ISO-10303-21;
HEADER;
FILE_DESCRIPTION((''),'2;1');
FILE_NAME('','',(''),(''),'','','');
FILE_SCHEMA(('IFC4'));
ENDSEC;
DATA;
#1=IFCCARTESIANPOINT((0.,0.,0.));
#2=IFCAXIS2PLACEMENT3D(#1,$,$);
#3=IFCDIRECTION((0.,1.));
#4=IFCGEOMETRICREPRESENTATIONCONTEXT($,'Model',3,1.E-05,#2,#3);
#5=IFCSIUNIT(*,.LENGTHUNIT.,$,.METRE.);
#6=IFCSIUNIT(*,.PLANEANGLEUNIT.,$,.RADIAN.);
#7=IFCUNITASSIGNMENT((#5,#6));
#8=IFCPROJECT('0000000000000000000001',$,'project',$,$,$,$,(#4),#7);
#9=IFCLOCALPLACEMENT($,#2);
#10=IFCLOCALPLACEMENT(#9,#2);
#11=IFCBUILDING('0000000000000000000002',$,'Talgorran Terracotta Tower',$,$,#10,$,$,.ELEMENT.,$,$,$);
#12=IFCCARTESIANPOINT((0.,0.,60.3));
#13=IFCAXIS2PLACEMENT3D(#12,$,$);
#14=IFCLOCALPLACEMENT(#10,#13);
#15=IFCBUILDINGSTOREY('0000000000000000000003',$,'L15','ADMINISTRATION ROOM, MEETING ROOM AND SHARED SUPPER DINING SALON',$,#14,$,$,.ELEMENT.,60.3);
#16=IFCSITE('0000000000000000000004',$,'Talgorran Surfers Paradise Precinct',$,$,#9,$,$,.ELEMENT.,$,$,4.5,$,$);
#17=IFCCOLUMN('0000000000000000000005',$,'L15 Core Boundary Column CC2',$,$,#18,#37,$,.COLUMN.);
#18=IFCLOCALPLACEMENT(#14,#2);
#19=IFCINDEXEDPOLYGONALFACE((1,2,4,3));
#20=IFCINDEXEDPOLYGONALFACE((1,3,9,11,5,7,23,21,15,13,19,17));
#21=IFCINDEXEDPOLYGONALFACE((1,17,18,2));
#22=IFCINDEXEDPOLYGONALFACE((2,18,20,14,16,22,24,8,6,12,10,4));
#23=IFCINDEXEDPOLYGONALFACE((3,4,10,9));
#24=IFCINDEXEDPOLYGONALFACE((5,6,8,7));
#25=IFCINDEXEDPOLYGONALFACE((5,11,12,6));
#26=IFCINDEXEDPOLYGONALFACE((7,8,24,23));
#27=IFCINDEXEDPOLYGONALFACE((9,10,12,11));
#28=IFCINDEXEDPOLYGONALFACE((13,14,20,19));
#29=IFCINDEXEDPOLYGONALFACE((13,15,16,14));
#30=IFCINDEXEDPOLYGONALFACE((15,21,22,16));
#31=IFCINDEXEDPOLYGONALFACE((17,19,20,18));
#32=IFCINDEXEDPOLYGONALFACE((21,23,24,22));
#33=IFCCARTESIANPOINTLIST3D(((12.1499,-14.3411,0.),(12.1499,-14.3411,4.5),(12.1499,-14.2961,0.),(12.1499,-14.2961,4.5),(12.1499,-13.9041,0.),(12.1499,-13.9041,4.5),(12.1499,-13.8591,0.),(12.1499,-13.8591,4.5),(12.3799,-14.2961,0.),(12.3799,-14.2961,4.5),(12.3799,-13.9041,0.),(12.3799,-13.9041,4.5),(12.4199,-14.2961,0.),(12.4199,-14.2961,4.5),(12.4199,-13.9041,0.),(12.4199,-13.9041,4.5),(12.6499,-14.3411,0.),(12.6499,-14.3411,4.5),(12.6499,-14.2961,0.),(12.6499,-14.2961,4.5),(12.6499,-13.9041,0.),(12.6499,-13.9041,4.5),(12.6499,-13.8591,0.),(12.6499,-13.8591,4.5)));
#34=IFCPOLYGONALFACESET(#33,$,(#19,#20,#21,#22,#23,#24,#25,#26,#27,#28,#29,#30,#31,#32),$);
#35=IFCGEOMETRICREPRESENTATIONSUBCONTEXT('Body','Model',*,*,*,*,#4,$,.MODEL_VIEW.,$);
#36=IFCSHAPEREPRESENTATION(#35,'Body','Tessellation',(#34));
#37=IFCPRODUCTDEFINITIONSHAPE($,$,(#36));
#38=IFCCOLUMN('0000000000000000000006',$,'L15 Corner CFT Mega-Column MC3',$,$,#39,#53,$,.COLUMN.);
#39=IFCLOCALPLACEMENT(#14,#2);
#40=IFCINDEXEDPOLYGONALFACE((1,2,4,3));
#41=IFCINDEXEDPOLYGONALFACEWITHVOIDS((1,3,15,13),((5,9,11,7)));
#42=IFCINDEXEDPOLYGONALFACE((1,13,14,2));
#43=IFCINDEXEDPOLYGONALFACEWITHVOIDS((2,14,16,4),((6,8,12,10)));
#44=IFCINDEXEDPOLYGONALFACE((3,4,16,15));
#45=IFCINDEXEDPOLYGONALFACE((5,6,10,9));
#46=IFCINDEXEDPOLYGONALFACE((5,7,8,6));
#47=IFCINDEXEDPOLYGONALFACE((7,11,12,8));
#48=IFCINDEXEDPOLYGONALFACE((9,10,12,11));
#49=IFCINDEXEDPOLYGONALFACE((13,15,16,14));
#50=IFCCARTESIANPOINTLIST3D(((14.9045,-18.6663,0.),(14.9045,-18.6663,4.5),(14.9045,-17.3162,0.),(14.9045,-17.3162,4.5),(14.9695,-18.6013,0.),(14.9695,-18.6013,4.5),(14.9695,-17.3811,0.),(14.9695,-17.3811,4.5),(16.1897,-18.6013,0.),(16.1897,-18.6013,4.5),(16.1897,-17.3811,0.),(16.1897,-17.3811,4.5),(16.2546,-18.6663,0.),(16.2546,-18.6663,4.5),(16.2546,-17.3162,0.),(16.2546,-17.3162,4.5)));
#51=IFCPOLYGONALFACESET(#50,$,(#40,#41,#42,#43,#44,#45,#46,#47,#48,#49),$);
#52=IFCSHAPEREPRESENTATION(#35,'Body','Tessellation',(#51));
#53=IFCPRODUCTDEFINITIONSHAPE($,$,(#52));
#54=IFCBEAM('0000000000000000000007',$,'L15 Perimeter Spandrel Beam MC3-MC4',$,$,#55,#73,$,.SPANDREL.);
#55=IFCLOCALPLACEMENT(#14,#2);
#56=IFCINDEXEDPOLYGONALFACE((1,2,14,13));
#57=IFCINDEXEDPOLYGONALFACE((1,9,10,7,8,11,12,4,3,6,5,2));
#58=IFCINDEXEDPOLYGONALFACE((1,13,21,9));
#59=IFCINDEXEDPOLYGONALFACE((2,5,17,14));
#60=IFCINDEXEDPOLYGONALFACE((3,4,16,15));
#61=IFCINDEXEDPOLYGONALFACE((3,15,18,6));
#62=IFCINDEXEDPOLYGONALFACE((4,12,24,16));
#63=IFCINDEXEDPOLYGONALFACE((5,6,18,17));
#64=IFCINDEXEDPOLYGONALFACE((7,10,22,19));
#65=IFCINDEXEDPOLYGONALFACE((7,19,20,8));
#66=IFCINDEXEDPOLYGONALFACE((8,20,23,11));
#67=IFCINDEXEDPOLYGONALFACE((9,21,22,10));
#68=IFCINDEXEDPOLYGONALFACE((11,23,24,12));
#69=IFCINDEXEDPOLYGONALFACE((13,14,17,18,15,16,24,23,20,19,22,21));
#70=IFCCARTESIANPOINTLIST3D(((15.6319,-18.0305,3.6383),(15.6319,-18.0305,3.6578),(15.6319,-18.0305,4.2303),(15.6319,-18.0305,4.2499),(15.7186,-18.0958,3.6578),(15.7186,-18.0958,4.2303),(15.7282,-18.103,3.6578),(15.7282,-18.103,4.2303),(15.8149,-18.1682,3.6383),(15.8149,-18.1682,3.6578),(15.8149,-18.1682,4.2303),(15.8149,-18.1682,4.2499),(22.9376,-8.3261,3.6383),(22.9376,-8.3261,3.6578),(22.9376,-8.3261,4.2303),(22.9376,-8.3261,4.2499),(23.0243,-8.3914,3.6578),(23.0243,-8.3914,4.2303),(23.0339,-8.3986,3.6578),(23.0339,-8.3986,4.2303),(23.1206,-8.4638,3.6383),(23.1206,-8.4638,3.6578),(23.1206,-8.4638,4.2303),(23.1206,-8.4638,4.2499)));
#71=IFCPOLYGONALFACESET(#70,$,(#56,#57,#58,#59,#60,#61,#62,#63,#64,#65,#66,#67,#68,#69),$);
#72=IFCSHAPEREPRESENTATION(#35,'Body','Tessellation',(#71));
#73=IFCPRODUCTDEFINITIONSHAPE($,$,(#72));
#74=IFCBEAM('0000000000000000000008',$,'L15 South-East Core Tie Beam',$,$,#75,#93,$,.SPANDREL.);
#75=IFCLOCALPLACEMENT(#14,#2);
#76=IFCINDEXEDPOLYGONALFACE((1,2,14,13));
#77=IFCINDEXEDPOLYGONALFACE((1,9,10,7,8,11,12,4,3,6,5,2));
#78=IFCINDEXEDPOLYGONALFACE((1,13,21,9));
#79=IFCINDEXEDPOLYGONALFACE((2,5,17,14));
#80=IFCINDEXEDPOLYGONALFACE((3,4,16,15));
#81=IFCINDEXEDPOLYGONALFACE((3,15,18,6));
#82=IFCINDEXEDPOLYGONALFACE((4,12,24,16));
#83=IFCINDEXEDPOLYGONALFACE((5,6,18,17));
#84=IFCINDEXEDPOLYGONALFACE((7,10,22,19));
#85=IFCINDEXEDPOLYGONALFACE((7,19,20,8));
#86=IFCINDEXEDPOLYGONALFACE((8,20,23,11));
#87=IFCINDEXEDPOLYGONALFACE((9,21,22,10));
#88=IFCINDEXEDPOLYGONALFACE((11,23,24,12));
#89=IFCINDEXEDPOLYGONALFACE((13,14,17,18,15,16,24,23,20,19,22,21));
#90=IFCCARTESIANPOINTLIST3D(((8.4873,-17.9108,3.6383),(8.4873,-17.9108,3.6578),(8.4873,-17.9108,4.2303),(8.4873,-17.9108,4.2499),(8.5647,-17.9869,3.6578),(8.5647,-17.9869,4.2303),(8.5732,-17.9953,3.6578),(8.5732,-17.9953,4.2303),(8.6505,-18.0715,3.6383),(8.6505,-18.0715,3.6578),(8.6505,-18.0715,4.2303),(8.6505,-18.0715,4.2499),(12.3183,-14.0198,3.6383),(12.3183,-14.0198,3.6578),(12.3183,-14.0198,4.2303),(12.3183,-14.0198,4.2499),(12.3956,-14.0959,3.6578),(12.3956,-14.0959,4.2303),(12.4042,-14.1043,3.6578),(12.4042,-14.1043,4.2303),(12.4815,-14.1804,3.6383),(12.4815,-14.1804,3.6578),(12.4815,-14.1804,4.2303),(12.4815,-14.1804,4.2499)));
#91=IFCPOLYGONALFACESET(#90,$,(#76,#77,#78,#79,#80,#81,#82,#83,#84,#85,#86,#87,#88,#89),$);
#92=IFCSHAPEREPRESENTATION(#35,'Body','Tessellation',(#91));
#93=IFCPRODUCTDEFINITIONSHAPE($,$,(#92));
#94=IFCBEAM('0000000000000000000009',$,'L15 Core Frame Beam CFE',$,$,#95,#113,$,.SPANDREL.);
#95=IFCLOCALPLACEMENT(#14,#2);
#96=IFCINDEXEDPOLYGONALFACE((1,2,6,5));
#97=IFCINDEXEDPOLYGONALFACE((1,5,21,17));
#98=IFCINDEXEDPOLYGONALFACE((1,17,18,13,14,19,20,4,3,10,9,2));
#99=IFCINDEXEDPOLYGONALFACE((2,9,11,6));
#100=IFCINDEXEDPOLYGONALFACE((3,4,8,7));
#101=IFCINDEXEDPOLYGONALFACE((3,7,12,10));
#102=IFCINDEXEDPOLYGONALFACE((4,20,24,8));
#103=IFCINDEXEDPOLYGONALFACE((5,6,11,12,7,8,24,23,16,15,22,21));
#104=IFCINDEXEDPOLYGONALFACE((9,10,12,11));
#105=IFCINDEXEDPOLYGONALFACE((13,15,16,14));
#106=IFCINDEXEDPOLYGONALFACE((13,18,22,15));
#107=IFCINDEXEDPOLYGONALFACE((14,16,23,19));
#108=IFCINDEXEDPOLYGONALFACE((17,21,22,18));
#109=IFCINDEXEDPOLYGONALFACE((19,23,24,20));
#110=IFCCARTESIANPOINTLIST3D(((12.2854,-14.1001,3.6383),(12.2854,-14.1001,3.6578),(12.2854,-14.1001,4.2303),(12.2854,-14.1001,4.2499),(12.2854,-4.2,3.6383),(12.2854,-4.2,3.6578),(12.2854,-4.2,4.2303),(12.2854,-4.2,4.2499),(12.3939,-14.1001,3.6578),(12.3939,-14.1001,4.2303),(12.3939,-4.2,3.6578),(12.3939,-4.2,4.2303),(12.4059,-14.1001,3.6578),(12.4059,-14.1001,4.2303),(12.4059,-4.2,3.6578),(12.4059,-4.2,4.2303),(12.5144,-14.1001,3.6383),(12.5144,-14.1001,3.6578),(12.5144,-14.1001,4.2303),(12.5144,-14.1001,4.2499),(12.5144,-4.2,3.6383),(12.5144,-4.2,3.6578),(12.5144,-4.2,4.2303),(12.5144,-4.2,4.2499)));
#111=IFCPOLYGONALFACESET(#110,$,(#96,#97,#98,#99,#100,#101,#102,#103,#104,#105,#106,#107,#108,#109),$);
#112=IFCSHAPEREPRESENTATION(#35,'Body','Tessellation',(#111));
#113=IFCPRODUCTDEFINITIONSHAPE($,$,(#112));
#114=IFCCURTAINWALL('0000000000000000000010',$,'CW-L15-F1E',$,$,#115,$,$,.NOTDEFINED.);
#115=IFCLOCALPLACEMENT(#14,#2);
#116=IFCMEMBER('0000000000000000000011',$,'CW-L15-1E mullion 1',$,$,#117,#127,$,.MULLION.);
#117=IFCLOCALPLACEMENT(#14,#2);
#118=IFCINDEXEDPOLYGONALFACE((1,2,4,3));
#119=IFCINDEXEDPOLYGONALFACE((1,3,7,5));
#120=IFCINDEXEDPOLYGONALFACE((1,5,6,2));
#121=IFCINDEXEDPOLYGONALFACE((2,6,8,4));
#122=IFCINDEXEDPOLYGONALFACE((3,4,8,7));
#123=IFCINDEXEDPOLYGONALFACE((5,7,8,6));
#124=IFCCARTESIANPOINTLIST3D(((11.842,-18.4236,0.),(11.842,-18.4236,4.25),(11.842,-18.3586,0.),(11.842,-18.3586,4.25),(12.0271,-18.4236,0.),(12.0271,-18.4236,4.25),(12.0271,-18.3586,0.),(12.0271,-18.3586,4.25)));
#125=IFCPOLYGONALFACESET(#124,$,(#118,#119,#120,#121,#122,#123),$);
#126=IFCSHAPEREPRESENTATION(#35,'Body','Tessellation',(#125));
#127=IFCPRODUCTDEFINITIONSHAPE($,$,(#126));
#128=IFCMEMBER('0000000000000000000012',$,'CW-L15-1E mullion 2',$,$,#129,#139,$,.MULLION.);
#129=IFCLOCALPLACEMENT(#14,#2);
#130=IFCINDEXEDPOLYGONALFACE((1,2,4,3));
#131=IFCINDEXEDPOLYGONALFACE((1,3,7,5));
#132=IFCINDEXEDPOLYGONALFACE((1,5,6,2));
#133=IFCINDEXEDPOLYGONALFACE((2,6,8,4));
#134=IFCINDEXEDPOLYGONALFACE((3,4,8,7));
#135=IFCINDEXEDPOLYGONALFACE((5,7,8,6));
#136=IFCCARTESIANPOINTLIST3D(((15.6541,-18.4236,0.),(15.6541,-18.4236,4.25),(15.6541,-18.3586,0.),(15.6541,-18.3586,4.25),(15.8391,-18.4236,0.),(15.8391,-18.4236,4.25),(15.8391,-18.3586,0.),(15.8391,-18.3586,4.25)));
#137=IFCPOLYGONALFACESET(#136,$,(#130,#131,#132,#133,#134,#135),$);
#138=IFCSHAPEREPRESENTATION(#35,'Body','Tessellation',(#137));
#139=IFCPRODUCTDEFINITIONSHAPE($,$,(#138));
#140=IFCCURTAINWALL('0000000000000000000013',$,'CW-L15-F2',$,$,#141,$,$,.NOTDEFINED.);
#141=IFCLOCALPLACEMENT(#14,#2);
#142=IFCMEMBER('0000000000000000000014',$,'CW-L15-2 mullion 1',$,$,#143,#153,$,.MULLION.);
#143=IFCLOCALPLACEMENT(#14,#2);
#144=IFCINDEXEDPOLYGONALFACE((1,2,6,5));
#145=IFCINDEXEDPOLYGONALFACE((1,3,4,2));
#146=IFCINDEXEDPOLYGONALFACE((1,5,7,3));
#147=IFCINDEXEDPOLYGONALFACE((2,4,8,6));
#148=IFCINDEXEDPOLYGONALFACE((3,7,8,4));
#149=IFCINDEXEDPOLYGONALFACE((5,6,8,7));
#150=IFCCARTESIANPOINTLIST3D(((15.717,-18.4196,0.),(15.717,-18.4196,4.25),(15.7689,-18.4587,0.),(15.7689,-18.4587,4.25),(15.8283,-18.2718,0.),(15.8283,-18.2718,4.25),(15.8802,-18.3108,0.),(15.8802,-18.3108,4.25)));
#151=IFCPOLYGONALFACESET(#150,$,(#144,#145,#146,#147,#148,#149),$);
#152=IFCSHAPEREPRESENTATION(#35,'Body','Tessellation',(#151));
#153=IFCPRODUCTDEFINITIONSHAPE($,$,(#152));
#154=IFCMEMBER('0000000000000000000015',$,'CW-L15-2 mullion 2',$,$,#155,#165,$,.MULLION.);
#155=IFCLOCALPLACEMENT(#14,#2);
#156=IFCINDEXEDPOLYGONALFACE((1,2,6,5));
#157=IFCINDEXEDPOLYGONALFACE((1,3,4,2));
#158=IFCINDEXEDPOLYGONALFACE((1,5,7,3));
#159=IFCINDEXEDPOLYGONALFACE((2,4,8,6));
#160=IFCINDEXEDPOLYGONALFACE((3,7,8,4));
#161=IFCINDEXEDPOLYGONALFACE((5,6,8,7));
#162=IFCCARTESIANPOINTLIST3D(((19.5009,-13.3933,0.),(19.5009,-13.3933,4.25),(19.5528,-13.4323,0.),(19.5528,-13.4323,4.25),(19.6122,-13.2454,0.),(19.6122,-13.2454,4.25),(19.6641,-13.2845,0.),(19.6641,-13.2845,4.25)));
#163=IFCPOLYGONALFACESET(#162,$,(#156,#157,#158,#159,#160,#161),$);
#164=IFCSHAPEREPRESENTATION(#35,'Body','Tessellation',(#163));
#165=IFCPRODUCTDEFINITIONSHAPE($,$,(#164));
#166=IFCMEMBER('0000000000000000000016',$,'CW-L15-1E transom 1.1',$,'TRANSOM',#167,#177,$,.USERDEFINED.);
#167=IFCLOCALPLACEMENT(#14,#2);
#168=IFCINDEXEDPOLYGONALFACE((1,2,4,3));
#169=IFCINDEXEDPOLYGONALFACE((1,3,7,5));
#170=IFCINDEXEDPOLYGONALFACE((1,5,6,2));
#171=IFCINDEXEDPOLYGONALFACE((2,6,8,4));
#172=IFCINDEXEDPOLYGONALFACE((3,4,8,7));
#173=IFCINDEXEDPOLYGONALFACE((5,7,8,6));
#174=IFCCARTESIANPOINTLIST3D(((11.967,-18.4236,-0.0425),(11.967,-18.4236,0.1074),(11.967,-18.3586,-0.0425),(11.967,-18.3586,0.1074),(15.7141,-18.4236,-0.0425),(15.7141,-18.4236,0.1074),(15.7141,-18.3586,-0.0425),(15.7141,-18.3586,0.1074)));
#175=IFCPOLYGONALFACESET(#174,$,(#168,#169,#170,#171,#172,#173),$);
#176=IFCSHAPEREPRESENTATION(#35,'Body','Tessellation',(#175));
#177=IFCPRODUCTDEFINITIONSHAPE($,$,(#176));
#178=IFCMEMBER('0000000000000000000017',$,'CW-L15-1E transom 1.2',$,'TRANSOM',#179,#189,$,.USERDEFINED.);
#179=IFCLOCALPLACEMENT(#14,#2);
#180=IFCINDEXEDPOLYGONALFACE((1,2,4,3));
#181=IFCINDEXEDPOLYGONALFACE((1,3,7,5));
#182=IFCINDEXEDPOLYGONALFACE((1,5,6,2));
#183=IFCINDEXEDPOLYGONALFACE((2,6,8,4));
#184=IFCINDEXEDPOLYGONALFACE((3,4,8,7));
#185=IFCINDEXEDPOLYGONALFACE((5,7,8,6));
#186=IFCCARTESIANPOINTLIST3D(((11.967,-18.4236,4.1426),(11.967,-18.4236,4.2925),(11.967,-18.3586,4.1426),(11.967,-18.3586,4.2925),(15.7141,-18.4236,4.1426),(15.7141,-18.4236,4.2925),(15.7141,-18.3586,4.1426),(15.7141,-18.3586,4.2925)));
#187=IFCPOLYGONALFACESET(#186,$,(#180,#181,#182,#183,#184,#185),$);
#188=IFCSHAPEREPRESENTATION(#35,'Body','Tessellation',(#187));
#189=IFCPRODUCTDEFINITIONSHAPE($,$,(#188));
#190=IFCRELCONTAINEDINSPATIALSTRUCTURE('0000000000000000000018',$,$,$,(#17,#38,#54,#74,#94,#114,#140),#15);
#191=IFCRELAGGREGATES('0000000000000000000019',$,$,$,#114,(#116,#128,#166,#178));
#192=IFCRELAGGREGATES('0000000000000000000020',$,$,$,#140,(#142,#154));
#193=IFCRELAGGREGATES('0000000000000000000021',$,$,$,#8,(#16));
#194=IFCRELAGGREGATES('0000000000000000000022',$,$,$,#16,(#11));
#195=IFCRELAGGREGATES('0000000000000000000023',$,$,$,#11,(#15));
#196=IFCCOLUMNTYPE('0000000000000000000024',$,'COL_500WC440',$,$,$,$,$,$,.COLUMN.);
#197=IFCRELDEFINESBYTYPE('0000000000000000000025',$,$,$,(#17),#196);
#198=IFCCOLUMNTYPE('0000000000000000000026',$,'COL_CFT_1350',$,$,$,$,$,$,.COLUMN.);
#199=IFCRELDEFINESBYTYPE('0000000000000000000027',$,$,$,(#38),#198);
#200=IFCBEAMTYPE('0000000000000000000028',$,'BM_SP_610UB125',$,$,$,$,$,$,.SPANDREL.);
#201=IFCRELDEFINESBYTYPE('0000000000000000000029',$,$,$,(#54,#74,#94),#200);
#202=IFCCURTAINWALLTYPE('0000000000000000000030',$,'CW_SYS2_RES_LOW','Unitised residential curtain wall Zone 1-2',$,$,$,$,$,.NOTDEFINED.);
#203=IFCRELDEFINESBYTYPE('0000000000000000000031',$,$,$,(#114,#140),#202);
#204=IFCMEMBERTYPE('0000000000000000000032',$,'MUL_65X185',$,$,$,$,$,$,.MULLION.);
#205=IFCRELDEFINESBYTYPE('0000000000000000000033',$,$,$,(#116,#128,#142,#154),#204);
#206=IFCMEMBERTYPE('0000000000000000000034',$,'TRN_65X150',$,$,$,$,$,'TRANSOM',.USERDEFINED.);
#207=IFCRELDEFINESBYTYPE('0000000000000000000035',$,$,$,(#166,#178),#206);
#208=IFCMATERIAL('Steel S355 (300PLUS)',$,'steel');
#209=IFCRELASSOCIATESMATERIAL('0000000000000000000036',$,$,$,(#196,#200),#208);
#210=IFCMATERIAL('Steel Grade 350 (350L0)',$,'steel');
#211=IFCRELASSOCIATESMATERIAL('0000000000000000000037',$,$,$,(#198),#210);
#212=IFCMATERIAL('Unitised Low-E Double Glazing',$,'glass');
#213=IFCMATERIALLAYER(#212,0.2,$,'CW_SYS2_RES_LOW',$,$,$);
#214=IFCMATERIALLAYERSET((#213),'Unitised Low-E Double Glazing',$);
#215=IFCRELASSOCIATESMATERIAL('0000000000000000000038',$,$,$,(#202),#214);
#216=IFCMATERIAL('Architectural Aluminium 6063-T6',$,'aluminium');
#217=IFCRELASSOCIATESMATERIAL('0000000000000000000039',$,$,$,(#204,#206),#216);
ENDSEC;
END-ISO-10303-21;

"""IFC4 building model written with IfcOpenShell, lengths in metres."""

from ifc_helpers import new_model, si_unit, direction, frame, origin, origin_2d, place, context, subcontext, project, spatial, rectangle, hollow_rectangle, i_section, extrude, material, layer, layer_set, material_profile, profile_set, type_object, element, aggregate, save


model = new_model("IFC4")

# Units and contexts
model_context = context("Model", 3, precision=1e-05, world=origin(), true_north=direction((0.0, 1.0)))
body_context = subcontext(model_context, "Body", "Model", "MODEL_VIEW")
ifc_project = project(units=[si_unit("LENGTHUNIT", "METRE"), si_unit("PLANEANGLEUNIT", "RADIAN")], contexts=[model_context])

# Site, building, storey
site_placement = place(None, origin())
site = spatial("IfcSite", under=ifc_project, at=site_placement, Name="Talgorran Surfers Paradise Precinct", CompositionType="ELEMENT", RefElevation=4.5)
building_placement = place(site_placement, origin())
building = spatial("IfcBuilding", under=site, at=building_placement, Name="Talgorran Terracotta Tower", CompositionType="ELEMENT")
storey_placement = place(building_placement, frame((0.0, 0.0, 60.3)))
storey = spatial("IfcBuildingStorey", under=building, at=storey_placement, Name="L15", Description="ADMINISTRATION ROOM, MEETING ROOM AND SHARED SUPPER DINING SALON", CompositionType="ELEMENT", Elevation=60.3)

# Columns
ifc_material_1 = material(Name="Steel S355 (300PLUS)", Category="steel")
ifc_material_profile_1 = material_profile(ifc_material_1, i_section(OverallWidth=0.5, OverallDepth=0.4819, WebThickness=0.04, FlangeThickness=0.0449, at=origin_2d()), Name="500WC440")
ifc_profile_set_1 = profile_set([ifc_material_profile_1], Name="Steel S355 (300PLUS)")
column_type_1 = type_object("IfcColumnType", Name="COL_500WC440", PredefinedType="COLUMN", material=ifc_profile_set_1)
column_1_placement = place(storey_placement, frame((12.3999, -14.1001, 0.0), z_axis=(0.0, 0.0, 1.0), x_axis=(1.0, 0.0, 0.0)))
element("IfcColumn", 1, at=column_1_placement, inside=storey, type_object=column_type_1, Name="L15 Core Boundary Column CC2", PredefinedType="COLUMN", context=body_context, shape_type="SweptSolid", body=[
    extrude(i_section(OverallWidth=0.5, OverallDepth=0.4819, WebThickness=0.04, FlangeThickness=0.0449, at=origin_2d()), origin(), (0.0, 0.0, 1.0), 4.5),
])
ifc_material_2 = material(Name="Steel Grade 350 (350L0)", Category="steel")
ifc_material_profile_2 = material_profile(ifc_material_2, hollow_rectangle(XDim=1.3501, YDim=1.3501, WallThickness=0.0649, at=origin_2d()), Name="CFT1350X1350X65")
ifc_profile_set_2 = profile_set([ifc_material_profile_2], Name="Steel Grade 350 (350L0)")
column_type_2 = type_object("IfcColumnType", Name="COL_CFT_1350", PredefinedType="COLUMN", material=ifc_profile_set_2)
column_2_placement = place(storey_placement, frame((15.5796, -17.9912, 0.0), z_axis=(0.0, 0.0, 1.0), x_axis=(1.0, 0.0, 0.0)))
element("IfcColumn", 2, at=column_2_placement, inside=storey, type_object=column_type_2, Name="L15 Corner CFT Mega-Column MC3", PredefinedType="COLUMN", context=body_context, shape_type="SweptSolid", body=[
    extrude(hollow_rectangle(XDim=1.3501, YDim=1.3501, WallThickness=0.0649, at=origin_2d()), origin(), (0.0, 0.0, 1.0), 4.5),
])

# Beams
ifc_material_profile_3 = material_profile(ifc_material_1, i_section(OverallWidth=0.229, OverallDepth=0.6116, WebThickness=0.012, FlangeThickness=0.0195, at=origin_2d()), Name="610UB125")
ifc_profile_set_3 = profile_set([ifc_material_profile_3], Name="Steel S355 (300PLUS)")
beam_type = type_object("IfcBeamType", Name="BM_SP_610UB125", PredefinedType="SPANDREL", material=ifc_profile_set_3)
beam_1_placement = place(storey_placement, frame((15.7234, -18.0994, 3.9441), z_axis=(0.601443, 0.798916, 0.0), x_axis=(-0.798916, 0.601443, 0.0)))
element("IfcBeam", 3, at=beam_1_placement, inside=storey, type_object=beam_type, Name="L15 Perimeter Spandrel Beam MC3-MC4", PredefinedType="SPANDREL", context=body_context, shape_type="SweptSolid", body=[
    extrude(i_section(OverallWidth=0.229, OverallDepth=0.6116, WebThickness=0.012, FlangeThickness=0.0195, at=origin_2d()), origin(), (0.0, 0.0, 1.0), 12.147),
])
beam_2_placement = place(storey_placement, frame((12.3999, -14.1001, 3.9441), z_axis=(-0.701586, -0.712585, 0.0), x_axis=(0.712585, -0.701586, 0.0)))
element("IfcBeam", 4, at=beam_2_placement, inside=storey, type_object=beam_type, Name="L15 South-East Core Tie Beam", PredefinedType="SPANDREL", context=body_context, shape_type="SweptSolid", body=[
    extrude(i_section(OverallWidth=0.229, OverallDepth=0.6116, WebThickness=0.012, FlangeThickness=0.0195, at=origin_2d()), origin(), (0.0, 0.0, 1.0), 5.4604),
])
beam_3_placement = place(storey_placement, frame((12.3999, -14.1001, 3.9441), z_axis=(0.0, 1.0, 0.0), x_axis=(-1.0, 0.0, 0.0)))
element("IfcBeam", 5, at=beam_3_placement, inside=storey, type_object=beam_type, Name="L15 Core Frame Beam CFE", PredefinedType="SPANDREL", context=body_context, shape_type="SweptSolid", body=[
    extrude(i_section(OverallWidth=0.229, OverallDepth=0.6116, WebThickness=0.012, FlangeThickness=0.0195, at=origin_2d()), origin(), (0.0, 0.0, 1.0), 9.9001),
])

# Curtain walls, members
ifc_material_3 = material(Name="Unitised Low-E Double Glazing", Category="glass")
ifc_layer_1 = layer(ifc_material_3, 0.2, Name="CW_SYS2_RES_LOW")
ifc_layer_set_1 = layer_set([ifc_layer_1], Name="Unitised Low-E Double Glazing")
curtain_wall_type = type_object("IfcCurtainWallType", Name="CW_SYS2_RES_LOW", Description="Unitised residential curtain wall Zone 1-2", PredefinedType="NOTDEFINED", material=ifc_layer_set_1)
curtain_wall_1_placement = place(storey_placement, origin())
curtain_wall_1 = element("IfcCurtainWall", 6, at=curtain_wall_1_placement, inside=storey, type_object=curtain_wall_type, Name="CW-L15-F1E", PredefinedType="NOTDEFINED")
ifc_material_4 = material(Name="Architectural Aluminium 6063-T6", Category="aluminium")
ifc_material_profile_4 = material_profile(ifc_material_4, rectangle(XDim=0.0649, YDim=0.1851, at=origin_2d()), Name="CWM65X185")
ifc_profile_set_4 = profile_set([ifc_material_profile_4], Name="Architectural Aluminium 6063-T6")
member_type_1 = type_object("IfcMemberType", Name="MUL_65X185", PredefinedType="MULLION", material=ifc_profile_set_4)
member_1_placement = place(storey_placement, frame((11.9346, -18.3911, 0.0), z_axis=(0.0, 0.0, 1.0), x_axis=(0.0, 1.0, 0.0)))
member_1 = element("IfcMember", 7, at=member_1_placement, type_object=member_type_1, Name="CW-L15-1E mullion 1", PredefinedType="MULLION", context=body_context, shape_type="SweptSolid", body=[
    extrude(rectangle(XDim=0.0649, YDim=0.1851, at=origin_2d()), origin(), (0.0, 0.0, 1.0), 4.25),
])
member_2_placement = place(storey_placement, frame((15.7466, -18.3911, 0.0), z_axis=(0.0, 0.0, 1.0), x_axis=(0.0, 1.0, 0.0)))
member_2 = element("IfcMember", 8, at=member_2_placement, type_object=member_type_1, Name="CW-L15-1E mullion 2", PredefinedType="MULLION", context=body_context, shape_type="SweptSolid", body=[
    extrude(rectangle(XDim=0.0649, YDim=0.1851, at=origin_2d()), origin(), (0.0, 0.0, 1.0), 4.25),
])
curtain_wall_2_placement = place(storey_placement, origin())
curtain_wall_2 = element("IfcCurtainWall", 9, at=curtain_wall_2_placement, inside=storey, type_object=curtain_wall_type, Name="CW-L15-F2", PredefinedType="NOTDEFINED")
member_3_placement = place(storey_placement, frame((15.7986, -18.3652, 0.0), z_axis=(0.0, 0.0, 1.0), x_axis=(-0.798916, 0.601442, 0.0)))
member_3 = element("IfcMember", 10, at=member_3_placement, type_object=member_type_1, Name="CW-L15-2 mullion 1", PredefinedType="MULLION", context=body_context, shape_type="SweptSolid", body=[
    extrude(rectangle(XDim=0.0649, YDim=0.1851, at=origin_2d()), origin(), (0.0, 0.0, 1.0), 4.25),
])
member_4_placement = place(storey_placement, frame((19.5825, -13.3389, 0.0), z_axis=(0.0, 0.0, 1.0), x_axis=(-0.798916, 0.601442, 0.0)))
member_4 = element("IfcMember", 11, at=member_4_placement, type_object=member_type_1, Name="CW-L15-2 mullion 2", PredefinedType="MULLION", context=body_context, shape_type="SweptSolid", body=[
    extrude(rectangle(XDim=0.0649, YDim=0.1851, at=origin_2d()), origin(), (0.0, 0.0, 1.0), 4.25),
])

# Members
ifc_material_profile_5 = material_profile(ifc_material_4, rectangle(XDim=0.0649, YDim=0.1499, at=origin_2d()), Name="CWT65X150")
ifc_profile_set_5 = profile_set([ifc_material_profile_5], Name="Architectural Aluminium 6063-T6")
member_type_2 = type_object("IfcMemberType", Name="TRN_65X150", ElementType="TRANSOM", PredefinedType="USERDEFINED", material=ifc_profile_set_5)
member_5_placement = place(storey_placement, frame((11.967, -18.3911, 0.0325), z_axis=(1.0, 0.0, 0.0), x_axis=(0.0, 1.0, 0.0)))
member_5 = element("IfcMember", 12, at=member_5_placement, type_object=member_type_2, Name="CW-L15-1E transom 1.1", ObjectType="TRANSOM", PredefinedType="USERDEFINED", context=body_context, shape_type="SweptSolid", body=[
    extrude(rectangle(XDim=0.0649, YDim=0.1499, at=origin_2d()), origin(), (0.0, 0.0, 1.0), 3.7471),
])
member_6_placement = place(storey_placement, frame((11.967, -18.3911, 4.2175), z_axis=(1.0, 0.0, 0.0), x_axis=(0.0, 1.0, 0.0)))
member_6 = element("IfcMember", 13, at=member_6_placement, type_object=member_type_2, Name="CW-L15-1E transom 1.2", ObjectType="TRANSOM", PredefinedType="USERDEFINED", context=body_context, shape_type="SweptSolid", body=[
    extrude(rectangle(XDim=0.0649, YDim=0.1499, at=origin_2d()), origin(), (0.0, 0.0, 1.0), 3.7471),
])

aggregate(curtain_wall_1, [member_1, member_2, member_5, member_6])
aggregate(curtain_wall_2, [member_3, member_4])

save(model, "model.ifc")
